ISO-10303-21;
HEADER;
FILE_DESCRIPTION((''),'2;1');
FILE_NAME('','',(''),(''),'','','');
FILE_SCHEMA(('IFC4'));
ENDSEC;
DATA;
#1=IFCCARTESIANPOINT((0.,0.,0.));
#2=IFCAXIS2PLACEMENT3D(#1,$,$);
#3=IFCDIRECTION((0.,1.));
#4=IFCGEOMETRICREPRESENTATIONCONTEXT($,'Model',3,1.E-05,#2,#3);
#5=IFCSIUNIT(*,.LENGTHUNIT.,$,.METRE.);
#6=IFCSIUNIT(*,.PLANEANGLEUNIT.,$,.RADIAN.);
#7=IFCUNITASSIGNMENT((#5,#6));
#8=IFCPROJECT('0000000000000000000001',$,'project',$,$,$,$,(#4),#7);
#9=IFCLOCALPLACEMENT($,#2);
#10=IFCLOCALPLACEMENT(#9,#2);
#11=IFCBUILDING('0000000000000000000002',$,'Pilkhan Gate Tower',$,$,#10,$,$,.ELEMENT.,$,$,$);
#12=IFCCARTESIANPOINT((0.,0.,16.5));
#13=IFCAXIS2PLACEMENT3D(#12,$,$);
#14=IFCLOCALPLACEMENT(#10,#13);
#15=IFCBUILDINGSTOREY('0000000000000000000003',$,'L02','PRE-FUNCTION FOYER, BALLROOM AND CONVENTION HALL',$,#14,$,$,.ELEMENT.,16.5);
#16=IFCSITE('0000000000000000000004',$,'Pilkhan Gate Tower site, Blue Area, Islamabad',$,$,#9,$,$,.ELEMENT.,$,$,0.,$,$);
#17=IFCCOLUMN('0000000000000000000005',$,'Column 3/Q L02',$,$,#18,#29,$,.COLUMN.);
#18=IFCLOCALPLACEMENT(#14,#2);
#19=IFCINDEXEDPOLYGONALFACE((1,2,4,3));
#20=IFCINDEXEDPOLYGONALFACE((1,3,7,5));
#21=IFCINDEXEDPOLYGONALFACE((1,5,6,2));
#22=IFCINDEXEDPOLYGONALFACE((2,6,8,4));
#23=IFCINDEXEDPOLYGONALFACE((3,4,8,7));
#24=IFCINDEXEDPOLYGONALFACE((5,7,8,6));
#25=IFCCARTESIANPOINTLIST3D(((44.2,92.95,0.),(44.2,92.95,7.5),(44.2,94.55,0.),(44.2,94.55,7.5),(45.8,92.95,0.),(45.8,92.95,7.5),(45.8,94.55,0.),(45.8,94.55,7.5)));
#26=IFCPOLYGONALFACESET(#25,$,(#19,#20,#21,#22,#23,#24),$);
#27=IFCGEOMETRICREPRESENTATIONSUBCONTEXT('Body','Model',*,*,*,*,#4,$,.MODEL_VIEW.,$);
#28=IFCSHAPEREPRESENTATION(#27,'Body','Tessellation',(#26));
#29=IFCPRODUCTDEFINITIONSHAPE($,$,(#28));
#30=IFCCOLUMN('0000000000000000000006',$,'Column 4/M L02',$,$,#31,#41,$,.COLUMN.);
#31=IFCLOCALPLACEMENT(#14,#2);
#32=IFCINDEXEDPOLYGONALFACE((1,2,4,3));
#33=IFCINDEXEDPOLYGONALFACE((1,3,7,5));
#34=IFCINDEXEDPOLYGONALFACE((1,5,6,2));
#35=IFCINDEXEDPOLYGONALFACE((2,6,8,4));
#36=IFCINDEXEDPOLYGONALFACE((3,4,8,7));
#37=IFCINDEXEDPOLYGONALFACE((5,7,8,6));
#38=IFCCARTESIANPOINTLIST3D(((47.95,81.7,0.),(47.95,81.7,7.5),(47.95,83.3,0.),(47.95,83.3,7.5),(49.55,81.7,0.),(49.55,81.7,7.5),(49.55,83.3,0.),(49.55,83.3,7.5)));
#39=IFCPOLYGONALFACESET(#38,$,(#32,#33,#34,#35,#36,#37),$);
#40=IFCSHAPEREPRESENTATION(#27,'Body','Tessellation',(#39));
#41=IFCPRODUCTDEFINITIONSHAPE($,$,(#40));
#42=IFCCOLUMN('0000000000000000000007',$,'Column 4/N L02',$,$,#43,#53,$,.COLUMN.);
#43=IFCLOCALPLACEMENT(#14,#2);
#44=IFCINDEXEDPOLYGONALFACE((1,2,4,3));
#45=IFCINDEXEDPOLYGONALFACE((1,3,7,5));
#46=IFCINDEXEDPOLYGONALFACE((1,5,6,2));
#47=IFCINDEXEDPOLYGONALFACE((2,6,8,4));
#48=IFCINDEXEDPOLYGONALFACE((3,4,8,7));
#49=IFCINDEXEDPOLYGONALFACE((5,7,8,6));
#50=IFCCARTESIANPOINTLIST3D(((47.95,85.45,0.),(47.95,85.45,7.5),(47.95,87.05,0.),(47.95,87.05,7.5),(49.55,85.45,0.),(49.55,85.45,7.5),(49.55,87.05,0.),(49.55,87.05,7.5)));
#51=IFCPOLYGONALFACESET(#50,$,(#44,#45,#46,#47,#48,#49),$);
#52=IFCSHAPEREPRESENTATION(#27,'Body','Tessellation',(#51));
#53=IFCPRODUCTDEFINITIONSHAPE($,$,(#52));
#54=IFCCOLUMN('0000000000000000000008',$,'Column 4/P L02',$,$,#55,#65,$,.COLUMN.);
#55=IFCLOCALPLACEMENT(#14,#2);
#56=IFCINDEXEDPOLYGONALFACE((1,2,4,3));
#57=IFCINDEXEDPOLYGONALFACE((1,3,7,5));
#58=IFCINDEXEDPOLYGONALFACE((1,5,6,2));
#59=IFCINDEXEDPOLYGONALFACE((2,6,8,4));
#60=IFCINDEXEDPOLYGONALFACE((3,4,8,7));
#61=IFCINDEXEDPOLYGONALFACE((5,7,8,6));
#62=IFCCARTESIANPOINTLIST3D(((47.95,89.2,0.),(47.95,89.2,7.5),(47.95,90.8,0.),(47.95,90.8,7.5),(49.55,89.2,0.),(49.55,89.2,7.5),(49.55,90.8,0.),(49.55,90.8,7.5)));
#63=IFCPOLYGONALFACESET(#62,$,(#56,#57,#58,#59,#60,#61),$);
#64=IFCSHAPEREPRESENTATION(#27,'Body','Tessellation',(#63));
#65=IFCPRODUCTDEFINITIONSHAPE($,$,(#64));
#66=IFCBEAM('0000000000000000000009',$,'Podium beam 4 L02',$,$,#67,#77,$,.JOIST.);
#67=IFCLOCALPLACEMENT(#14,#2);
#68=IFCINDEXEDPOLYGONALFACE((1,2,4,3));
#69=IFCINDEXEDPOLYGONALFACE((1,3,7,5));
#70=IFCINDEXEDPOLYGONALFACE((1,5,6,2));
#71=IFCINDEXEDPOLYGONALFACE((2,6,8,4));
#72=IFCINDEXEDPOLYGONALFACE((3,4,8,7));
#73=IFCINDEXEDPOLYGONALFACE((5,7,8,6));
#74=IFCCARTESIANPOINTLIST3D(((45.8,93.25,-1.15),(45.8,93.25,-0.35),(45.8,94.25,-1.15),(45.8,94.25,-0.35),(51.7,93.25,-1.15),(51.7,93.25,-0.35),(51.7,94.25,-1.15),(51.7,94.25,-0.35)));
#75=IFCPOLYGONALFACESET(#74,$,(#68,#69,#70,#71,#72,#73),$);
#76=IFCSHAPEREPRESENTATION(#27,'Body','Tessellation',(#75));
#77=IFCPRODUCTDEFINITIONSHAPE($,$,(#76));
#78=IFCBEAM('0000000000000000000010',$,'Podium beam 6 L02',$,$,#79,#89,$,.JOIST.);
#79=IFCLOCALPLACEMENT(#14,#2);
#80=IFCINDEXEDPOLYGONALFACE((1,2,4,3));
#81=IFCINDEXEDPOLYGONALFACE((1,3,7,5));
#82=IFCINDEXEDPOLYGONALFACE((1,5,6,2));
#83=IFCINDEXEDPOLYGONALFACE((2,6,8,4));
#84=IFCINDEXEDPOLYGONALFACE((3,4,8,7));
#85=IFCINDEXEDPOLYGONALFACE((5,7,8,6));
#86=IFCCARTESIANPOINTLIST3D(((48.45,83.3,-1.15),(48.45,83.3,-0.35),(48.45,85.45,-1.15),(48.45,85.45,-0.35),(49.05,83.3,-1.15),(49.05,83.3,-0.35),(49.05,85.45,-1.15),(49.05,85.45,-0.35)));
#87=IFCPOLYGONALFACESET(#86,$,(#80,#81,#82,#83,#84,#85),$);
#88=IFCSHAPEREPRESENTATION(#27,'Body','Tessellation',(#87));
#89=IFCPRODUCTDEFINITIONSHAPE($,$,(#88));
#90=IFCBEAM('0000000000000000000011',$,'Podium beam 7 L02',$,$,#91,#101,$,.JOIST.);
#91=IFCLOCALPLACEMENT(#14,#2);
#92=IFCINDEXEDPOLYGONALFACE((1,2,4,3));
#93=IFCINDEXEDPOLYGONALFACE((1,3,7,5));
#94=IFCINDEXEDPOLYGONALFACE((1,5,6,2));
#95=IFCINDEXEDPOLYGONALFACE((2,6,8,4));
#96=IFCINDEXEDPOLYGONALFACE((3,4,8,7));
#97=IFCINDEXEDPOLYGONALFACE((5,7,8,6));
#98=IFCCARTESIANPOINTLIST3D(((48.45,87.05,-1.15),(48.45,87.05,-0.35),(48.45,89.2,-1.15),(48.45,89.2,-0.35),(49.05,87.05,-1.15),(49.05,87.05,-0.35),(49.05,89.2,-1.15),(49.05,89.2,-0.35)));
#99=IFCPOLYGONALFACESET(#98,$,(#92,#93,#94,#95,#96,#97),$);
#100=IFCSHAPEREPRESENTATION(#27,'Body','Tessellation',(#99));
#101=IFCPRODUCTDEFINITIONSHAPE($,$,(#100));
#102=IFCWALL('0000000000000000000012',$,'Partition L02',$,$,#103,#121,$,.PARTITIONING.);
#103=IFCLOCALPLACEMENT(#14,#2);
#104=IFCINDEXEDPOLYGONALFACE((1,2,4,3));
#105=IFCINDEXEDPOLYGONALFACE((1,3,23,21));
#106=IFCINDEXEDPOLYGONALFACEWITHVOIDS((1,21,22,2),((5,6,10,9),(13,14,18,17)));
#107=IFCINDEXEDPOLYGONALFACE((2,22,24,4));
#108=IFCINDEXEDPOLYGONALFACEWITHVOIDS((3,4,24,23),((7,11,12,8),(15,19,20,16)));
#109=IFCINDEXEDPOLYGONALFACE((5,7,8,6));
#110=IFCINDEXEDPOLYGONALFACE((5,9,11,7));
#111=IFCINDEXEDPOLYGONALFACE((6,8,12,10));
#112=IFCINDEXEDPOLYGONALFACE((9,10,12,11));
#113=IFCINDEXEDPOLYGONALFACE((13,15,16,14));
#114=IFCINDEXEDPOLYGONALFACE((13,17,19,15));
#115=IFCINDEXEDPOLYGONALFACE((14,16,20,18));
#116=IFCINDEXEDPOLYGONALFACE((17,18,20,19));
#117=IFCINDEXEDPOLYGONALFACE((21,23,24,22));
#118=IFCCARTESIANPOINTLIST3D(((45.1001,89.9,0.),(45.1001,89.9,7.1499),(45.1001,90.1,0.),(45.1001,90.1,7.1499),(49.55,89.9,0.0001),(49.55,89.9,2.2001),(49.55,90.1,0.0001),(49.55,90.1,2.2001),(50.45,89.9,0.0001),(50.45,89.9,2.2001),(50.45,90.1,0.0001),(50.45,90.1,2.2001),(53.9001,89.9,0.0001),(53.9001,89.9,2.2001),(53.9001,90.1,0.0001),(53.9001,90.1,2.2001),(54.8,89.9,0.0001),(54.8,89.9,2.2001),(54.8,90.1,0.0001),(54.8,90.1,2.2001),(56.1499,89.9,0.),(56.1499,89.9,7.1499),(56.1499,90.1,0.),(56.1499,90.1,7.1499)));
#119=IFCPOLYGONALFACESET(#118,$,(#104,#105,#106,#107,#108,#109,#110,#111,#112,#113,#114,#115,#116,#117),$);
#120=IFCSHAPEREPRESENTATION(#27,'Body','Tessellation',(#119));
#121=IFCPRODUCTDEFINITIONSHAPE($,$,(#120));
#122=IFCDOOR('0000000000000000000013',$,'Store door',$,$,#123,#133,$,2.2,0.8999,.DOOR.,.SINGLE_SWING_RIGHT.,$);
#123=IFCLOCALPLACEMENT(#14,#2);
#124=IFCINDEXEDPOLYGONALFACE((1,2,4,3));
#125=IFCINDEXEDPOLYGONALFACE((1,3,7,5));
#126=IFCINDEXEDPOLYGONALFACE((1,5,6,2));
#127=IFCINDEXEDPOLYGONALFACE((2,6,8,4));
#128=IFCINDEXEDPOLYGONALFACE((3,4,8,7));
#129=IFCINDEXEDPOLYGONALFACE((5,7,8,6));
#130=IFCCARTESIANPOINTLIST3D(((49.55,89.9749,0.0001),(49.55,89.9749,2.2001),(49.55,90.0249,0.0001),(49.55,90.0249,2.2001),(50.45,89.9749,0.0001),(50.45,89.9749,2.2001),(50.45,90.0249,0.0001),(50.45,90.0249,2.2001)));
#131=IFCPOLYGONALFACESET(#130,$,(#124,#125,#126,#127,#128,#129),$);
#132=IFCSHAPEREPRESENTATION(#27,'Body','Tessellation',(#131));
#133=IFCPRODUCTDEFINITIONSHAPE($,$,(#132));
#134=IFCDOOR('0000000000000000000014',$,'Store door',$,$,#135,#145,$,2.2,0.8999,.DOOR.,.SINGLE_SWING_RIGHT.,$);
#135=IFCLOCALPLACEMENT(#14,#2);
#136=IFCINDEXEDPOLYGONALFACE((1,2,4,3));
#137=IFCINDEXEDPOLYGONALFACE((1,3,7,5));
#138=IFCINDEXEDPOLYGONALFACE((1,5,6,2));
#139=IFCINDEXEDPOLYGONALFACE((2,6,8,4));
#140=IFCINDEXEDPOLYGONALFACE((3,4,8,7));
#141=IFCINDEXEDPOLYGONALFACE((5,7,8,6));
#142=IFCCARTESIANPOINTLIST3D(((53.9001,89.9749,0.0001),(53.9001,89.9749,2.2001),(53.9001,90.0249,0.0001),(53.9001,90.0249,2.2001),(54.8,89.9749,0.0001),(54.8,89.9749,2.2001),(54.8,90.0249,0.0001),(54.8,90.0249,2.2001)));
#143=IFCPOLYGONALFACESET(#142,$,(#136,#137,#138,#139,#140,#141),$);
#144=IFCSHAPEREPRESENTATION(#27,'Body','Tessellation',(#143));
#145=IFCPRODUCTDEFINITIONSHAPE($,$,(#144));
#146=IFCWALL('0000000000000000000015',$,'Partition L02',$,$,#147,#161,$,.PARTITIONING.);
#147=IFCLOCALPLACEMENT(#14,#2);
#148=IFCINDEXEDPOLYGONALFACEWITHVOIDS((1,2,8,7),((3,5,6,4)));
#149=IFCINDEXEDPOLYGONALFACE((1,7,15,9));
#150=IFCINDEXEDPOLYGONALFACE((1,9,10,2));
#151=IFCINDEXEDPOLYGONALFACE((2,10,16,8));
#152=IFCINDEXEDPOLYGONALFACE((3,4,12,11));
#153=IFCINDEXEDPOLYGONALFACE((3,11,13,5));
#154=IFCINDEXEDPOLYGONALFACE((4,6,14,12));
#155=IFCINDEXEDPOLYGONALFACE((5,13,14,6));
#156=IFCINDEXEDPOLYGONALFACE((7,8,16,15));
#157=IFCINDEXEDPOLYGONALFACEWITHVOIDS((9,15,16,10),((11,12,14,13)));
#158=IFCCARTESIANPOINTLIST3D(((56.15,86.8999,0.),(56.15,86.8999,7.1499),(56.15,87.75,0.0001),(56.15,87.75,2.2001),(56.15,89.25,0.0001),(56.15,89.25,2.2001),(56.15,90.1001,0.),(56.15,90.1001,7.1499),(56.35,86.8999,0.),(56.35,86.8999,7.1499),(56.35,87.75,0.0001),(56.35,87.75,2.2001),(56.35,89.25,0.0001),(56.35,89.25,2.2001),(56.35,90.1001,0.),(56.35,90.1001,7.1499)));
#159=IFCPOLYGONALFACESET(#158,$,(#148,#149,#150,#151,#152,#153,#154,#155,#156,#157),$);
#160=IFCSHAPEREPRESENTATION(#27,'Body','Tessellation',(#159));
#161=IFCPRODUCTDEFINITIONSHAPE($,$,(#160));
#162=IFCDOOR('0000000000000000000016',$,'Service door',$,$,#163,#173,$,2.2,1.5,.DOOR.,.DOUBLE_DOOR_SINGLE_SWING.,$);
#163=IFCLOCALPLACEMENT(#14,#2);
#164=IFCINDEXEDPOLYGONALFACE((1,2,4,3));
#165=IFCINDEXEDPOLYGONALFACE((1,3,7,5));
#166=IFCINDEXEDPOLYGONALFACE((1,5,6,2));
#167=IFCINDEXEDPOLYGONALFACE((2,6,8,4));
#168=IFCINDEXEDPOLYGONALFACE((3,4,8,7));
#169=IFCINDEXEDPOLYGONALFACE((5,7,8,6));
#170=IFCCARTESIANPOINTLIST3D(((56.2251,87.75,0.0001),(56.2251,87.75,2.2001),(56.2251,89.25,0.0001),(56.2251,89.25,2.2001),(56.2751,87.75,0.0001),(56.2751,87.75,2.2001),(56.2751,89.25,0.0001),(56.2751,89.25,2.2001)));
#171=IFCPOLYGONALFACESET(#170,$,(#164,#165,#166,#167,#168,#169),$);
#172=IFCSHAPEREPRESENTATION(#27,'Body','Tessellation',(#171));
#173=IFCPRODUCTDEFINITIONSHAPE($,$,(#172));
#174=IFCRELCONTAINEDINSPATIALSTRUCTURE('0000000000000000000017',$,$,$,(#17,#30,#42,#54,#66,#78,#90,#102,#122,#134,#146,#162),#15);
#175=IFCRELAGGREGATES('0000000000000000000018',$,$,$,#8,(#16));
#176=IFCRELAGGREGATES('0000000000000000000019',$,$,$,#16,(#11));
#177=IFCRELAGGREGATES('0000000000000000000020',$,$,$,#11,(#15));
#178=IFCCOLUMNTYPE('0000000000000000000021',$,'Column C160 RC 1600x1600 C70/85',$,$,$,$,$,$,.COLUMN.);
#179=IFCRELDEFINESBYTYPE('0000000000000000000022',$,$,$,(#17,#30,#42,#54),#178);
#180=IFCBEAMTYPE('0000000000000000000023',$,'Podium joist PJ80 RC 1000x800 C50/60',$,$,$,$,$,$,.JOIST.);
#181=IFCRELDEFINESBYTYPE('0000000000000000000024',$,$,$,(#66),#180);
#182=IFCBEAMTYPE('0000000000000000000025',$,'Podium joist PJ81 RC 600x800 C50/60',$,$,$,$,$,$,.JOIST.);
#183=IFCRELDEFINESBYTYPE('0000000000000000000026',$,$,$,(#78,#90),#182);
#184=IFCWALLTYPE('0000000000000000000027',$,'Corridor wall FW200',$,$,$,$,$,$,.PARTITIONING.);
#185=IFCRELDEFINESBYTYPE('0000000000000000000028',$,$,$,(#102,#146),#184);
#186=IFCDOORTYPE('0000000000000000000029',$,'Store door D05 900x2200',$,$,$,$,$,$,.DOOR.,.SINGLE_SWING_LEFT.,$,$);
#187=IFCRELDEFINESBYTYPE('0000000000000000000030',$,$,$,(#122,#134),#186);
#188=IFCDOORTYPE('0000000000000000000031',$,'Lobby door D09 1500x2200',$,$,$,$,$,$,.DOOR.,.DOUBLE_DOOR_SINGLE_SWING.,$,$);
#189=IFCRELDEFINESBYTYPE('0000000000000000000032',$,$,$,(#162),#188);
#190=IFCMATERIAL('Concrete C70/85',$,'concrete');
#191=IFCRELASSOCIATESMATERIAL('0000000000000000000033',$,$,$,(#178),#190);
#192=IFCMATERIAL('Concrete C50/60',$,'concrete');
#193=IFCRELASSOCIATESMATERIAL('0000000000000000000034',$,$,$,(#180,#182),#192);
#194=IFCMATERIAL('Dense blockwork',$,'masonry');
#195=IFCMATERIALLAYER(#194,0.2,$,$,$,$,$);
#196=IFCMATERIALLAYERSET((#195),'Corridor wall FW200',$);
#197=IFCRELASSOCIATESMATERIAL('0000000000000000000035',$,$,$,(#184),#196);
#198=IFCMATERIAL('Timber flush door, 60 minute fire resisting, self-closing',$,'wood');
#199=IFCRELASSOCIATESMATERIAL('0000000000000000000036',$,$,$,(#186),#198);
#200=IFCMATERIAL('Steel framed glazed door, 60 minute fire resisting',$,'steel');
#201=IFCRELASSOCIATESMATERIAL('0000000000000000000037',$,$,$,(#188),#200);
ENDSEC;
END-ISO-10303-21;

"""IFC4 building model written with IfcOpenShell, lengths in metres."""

from ifc_helpers import new_model, si_unit, direction, frame, frame_2d, origin, origin_2d, place, context, subcontext, project, spatial, rectangle, extrude, material, layer, layer_set, material_profile, profile_set, type_object, element, fill, save


model = new_model("IFC4")

# Units and contexts
model_context = context("Model", 3, precision=1e-05, world=origin(), true_north=direction((0.0, 1.0)))
body_context = subcontext(model_context, "Body", "Model", "MODEL_VIEW")
ifc_project = project(units=[si_unit("LENGTHUNIT", "METRE"), si_unit("PLANEANGLEUNIT", "RADIAN")], contexts=[model_context])

# Site, building, storey
site_placement = place(None, origin())
site = spatial("IfcSite", under=ifc_project, at=site_placement, Name="Pilkhan Gate Tower site, Blue Area, Islamabad", CompositionType="ELEMENT", RefElevation=0.0)
building_placement = place(site_placement, origin())
building = spatial("IfcBuilding", under=site, at=building_placement, Name="Pilkhan Gate Tower", CompositionType="ELEMENT")
storey_placement = place(building_placement, frame((0.0, 0.0, 16.5)))
storey = spatial("IfcBuildingStorey", under=building, at=storey_placement, Name="L02", Description="PRE-FUNCTION FOYER, BALLROOM AND CONVENTION HALL", CompositionType="ELEMENT", Elevation=16.5)

# Columns
ifc_material_1 = material(Name="Concrete C70/85", Category="concrete")
ifc_material_profile_1 = material_profile(ifc_material_1, rectangle(XDim=1.6001, YDim=1.6001, at=origin_2d()), Name="RC 1600x1600")
ifc_profile_set_1 = profile_set([ifc_material_profile_1], Name="Concrete C70/85")
column_type = type_object("IfcColumnType", Name="Column C160 RC 1600x1600 C70/85", PredefinedType="COLUMN", material=ifc_profile_set_1)
for number, where, z_axis, x_axis, name in (
    (1, (45.0, 93.75, 0.0), (0.0, 0.0, 1.0), (1.0, 0.0, 0.0), "Column 3/Q L02"),
    (2, (48.75, 82.5, 0.0), (0.0, 0.0, 1.0), (1.0, 0.0, 0.0), "Column 4/M L02"),
    (3, (48.75, 86.25, 0.0), (0.0, 0.0, 1.0), (1.0, 0.0, 0.0), "Column 4/N L02"),
    (4, (48.75, 90.0, 0.0), (0.0, 0.0, 1.0), (1.0, 0.0, 0.0), "Column 4/P L02"),
):
    element("IfcColumn", number, at=place(storey_placement, frame(where, z_axis=z_axis, x_axis=x_axis)), inside=storey, type_object=column_type, Name=name, PredefinedType="COLUMN", context=body_context, shape_type="SweptSolid", body=[
        extrude(rectangle(XDim=1.6001, YDim=1.6001, at=origin_2d()), origin(), (0.0, 0.0, 1.0), 7.5),
    ])

# Beams
ifc_material_2 = material(Name="Concrete C50/60", Category="concrete")
ifc_material_profile_2 = material_profile(ifc_material_2, rectangle(XDim=1.0, YDim=0.8, at=origin_2d()), Name="RC 1000x800")
ifc_profile_set_2 = profile_set([ifc_material_profile_2], Name="Concrete C50/60")
beam_type_1 = type_object("IfcBeamType", Name="Podium joist PJ80 RC 1000x800 C50/60", PredefinedType="JOIST", material=ifc_profile_set_2)
beam_placement = place(storey_placement, frame((45.8, 93.75, -0.75), z_axis=(1.0, 0.0, 0.0), x_axis=(0.0, 1.0, 0.0)))
element("IfcBeam", 5, at=beam_placement, inside=storey, type_object=beam_type_1, Name="Podium beam 4 L02", PredefinedType="JOIST", context=body_context, shape_type="SweptSolid", body=[
    extrude(rectangle(XDim=1.0, YDim=0.8, at=origin_2d()), origin(), (0.0, 0.0, 1.0), 5.8999),
])
ifc_material_profile_3 = material_profile(ifc_material_2, rectangle(XDim=0.6001, YDim=0.8, at=origin_2d()), Name="RC 600x800")
ifc_profile_set_3 = profile_set([ifc_material_profile_3], Name="Concrete C50/60")
beam_type_2 = type_object("IfcBeamType", Name="Podium joist PJ81 RC 600x800 C50/60", PredefinedType="JOIST", material=ifc_profile_set_3)
for number, where, z_axis, x_axis, name in (
    (6, (48.75, 83.3, -0.75), (0.0, 1.0, 0.0), (-1.0, 0.0, 0.0), "Podium beam 6 L02"),
    (7, (48.75, 87.05, -0.75), (0.0, 1.0, 0.0), (-1.0, 0.0, 0.0), "Podium beam 7 L02"),
):
    element("IfcBeam", number, at=place(storey_placement, frame(where, z_axis=z_axis, x_axis=x_axis)), inside=storey, type_object=beam_type_2, Name=name, PredefinedType="JOIST", context=body_context, shape_type="SweptSolid", body=[
        extrude(rectangle(XDim=0.6001, YDim=0.8, at=origin_2d()), origin(), (0.0, 0.0, 1.0), 2.1499),
    ])

# Wall, openings, doors
ifc_material_3 = material(Name="Dense blockwork", Category="masonry")
ifc_layer_1 = layer(ifc_material_3, 0.2)
ifc_layer_set_1 = layer_set([ifc_layer_1], Name="Corridor wall FW200")
wall_type_1 = type_object("IfcWallType", Name="Corridor wall FW200", PredefinedType="PARTITIONING", material=ifc_layer_set_1)
wall_1_placement = place(storey_placement, frame((45.1001, 90.0, 0.0), z_axis=(0.0, 0.0, 1.0), x_axis=(1.0, 0.0, 0.0)))
wall_1 = element("IfcWall", 8, at=wall_1_placement, inside=storey, type_object=wall_type_1, Name="Partition L02", PredefinedType="PARTITIONING", context=body_context, shape_type="SweptSolid", body=[
    extrude(rectangle(XDim=11.0498, YDim=0.2, at=frame_2d((5.5249, 0.0))), origin(), (0.0, 0.0, 1.0), 7.1499),
])
opening_1_placement = place(wall_1_placement, frame((4.45, 0.0, 0.0)))
opening_1 = element("IfcOpeningElement", 9, at=opening_1_placement, cuts=wall_1, PredefinedType="OPENING", context=body_context, shape_type="SweptSolid", body=[
    extrude(rectangle(XDim=0.8999, YDim=2.2, at=frame_2d((0.45, 1.1001))), frame((0.0, 0.1099, 0.0), z_axis=(0.0, -1.0, 0.0), x_axis=(1.0, 0.0, 0.0)), (0.0, 0.0, 1.0), 0.22),
])
opening_2_placement = place(wall_1_placement, frame((8.8, 0.0, 0.0)))
opening_2 = element("IfcOpeningElement", 10, at=opening_2_placement, cuts=wall_1, PredefinedType="OPENING", context=body_context, shape_type="SweptSolid", body=[
    extrude(rectangle(XDim=0.8999, YDim=2.2, at=frame_2d((0.45, 1.1001))), frame((0.0, 0.1099, 0.0), z_axis=(0.0, -1.0, 0.0), x_axis=(1.0, 0.0, 0.0)), (0.0, 0.0, 1.0), 0.22),
])
ifc_material_4 = material(Name="Timber flush door, 60 minute fire resisting, self-closing", Category="wood")
door_type_1 = type_object("IfcDoorType", Name="Store door D05 900x2200", OperationType="SINGLE_SWING_LEFT", PredefinedType="DOOR", material=ifc_material_4)
door_1_placement = place(opening_1_placement, origin())
door_1 = element("IfcDoor", 11, at=door_1_placement, inside=storey, type_object=door_type_1, Name="Store door", OperationType="SINGLE_SWING_RIGHT", OverallHeight=2.2, OverallWidth=0.8999, PredefinedType="DOOR", context=body_context, shape_type="SweptSolid", body=[
    extrude(rectangle(XDim=0.8999, YDim=2.2, at=frame_2d((0.45, 1.1001))), frame((0.0, 0.0249, 0.0), z_axis=(0.0, -1.0, 0.0), x_axis=(1.0, 0.0, 0.0)), (0.0, 0.0, 1.0), 0.05),
])
fill(opening_1, door_1)
door_2_placement = place(opening_2_placement, origin())
door_2 = element("IfcDoor", 12, at=door_2_placement, inside=storey, type_object=door_type_1, Name="Store door", OperationType="SINGLE_SWING_RIGHT", OverallHeight=2.2, OverallWidth=0.8999, PredefinedType="DOOR", context=body_context, shape_type="SweptSolid", body=[
    extrude(rectangle(XDim=0.8999, YDim=2.2, at=frame_2d((0.45, 1.1001))), frame((0.0, 0.0249, 0.0), z_axis=(0.0, -1.0, 0.0), x_axis=(1.0, 0.0, 0.0)), (0.0, 0.0, 1.0), 0.05),
])
fill(opening_2, door_2)

# Wall, opening, door
wall_2_placement = place(storey_placement, frame((56.25, 86.8999, 0.0), z_axis=(0.0, 0.0, 1.0), x_axis=(0.0, 1.0, 0.0)))
wall_2 = element("IfcWall", 13, at=wall_2_placement, inside=storey, type_object=wall_type_1, Name="Partition L02", PredefinedType="PARTITIONING", context=body_context, shape_type="SweptSolid", body=[
    extrude(rectangle(XDim=3.2002, YDim=0.2, at=frame_2d((1.6001, 0.0))), origin(), (0.0, 0.0, 1.0), 7.1499),
])
opening_3_placement = place(wall_2_placement, frame((0.8501, 0.0, 0.0)))
opening_3 = element("IfcOpeningElement", 14, at=opening_3_placement, cuts=wall_2, PredefinedType="OPENING", context=body_context, shape_type="SweptSolid", body=[
    extrude(rectangle(XDim=1.5, YDim=2.2, at=frame_2d((0.75, 1.1001))), frame((0.0, 0.1099, 0.0), z_axis=(0.0, -1.0, 0.0), x_axis=(1.0, 0.0, 0.0)), (0.0, 0.0, 1.0), 0.22),
])
ifc_material_5 = material(Name="Steel framed glazed door, 60 minute fire resisting", Category="steel")
door_type_2 = type_object("IfcDoorType", Name="Lobby door D09 1500x2200", OperationType="DOUBLE_DOOR_SINGLE_SWING", PredefinedType="DOOR", material=ifc_material_5)
door_3_placement = place(opening_3_placement, origin())
door_3 = element("IfcDoor", 15, at=door_3_placement, inside=storey, type_object=door_type_2, Name="Service door", OperationType="DOUBLE_DOOR_SINGLE_SWING", OverallHeight=2.2, OverallWidth=1.5, PredefinedType="DOOR", context=body_context, shape_type="SweptSolid", body=[
    extrude(rectangle(XDim=1.5, YDim=2.2, at=frame_2d((0.75, 1.1001))), frame((0.0, 0.0249, 0.0), z_axis=(0.0, -1.0, 0.0), x_axis=(1.0, 0.0, 0.0)), (0.0, 0.0, 1.0), 0.05),
])
fill(opening_3, door_3)

save(model, "model.ifc")
